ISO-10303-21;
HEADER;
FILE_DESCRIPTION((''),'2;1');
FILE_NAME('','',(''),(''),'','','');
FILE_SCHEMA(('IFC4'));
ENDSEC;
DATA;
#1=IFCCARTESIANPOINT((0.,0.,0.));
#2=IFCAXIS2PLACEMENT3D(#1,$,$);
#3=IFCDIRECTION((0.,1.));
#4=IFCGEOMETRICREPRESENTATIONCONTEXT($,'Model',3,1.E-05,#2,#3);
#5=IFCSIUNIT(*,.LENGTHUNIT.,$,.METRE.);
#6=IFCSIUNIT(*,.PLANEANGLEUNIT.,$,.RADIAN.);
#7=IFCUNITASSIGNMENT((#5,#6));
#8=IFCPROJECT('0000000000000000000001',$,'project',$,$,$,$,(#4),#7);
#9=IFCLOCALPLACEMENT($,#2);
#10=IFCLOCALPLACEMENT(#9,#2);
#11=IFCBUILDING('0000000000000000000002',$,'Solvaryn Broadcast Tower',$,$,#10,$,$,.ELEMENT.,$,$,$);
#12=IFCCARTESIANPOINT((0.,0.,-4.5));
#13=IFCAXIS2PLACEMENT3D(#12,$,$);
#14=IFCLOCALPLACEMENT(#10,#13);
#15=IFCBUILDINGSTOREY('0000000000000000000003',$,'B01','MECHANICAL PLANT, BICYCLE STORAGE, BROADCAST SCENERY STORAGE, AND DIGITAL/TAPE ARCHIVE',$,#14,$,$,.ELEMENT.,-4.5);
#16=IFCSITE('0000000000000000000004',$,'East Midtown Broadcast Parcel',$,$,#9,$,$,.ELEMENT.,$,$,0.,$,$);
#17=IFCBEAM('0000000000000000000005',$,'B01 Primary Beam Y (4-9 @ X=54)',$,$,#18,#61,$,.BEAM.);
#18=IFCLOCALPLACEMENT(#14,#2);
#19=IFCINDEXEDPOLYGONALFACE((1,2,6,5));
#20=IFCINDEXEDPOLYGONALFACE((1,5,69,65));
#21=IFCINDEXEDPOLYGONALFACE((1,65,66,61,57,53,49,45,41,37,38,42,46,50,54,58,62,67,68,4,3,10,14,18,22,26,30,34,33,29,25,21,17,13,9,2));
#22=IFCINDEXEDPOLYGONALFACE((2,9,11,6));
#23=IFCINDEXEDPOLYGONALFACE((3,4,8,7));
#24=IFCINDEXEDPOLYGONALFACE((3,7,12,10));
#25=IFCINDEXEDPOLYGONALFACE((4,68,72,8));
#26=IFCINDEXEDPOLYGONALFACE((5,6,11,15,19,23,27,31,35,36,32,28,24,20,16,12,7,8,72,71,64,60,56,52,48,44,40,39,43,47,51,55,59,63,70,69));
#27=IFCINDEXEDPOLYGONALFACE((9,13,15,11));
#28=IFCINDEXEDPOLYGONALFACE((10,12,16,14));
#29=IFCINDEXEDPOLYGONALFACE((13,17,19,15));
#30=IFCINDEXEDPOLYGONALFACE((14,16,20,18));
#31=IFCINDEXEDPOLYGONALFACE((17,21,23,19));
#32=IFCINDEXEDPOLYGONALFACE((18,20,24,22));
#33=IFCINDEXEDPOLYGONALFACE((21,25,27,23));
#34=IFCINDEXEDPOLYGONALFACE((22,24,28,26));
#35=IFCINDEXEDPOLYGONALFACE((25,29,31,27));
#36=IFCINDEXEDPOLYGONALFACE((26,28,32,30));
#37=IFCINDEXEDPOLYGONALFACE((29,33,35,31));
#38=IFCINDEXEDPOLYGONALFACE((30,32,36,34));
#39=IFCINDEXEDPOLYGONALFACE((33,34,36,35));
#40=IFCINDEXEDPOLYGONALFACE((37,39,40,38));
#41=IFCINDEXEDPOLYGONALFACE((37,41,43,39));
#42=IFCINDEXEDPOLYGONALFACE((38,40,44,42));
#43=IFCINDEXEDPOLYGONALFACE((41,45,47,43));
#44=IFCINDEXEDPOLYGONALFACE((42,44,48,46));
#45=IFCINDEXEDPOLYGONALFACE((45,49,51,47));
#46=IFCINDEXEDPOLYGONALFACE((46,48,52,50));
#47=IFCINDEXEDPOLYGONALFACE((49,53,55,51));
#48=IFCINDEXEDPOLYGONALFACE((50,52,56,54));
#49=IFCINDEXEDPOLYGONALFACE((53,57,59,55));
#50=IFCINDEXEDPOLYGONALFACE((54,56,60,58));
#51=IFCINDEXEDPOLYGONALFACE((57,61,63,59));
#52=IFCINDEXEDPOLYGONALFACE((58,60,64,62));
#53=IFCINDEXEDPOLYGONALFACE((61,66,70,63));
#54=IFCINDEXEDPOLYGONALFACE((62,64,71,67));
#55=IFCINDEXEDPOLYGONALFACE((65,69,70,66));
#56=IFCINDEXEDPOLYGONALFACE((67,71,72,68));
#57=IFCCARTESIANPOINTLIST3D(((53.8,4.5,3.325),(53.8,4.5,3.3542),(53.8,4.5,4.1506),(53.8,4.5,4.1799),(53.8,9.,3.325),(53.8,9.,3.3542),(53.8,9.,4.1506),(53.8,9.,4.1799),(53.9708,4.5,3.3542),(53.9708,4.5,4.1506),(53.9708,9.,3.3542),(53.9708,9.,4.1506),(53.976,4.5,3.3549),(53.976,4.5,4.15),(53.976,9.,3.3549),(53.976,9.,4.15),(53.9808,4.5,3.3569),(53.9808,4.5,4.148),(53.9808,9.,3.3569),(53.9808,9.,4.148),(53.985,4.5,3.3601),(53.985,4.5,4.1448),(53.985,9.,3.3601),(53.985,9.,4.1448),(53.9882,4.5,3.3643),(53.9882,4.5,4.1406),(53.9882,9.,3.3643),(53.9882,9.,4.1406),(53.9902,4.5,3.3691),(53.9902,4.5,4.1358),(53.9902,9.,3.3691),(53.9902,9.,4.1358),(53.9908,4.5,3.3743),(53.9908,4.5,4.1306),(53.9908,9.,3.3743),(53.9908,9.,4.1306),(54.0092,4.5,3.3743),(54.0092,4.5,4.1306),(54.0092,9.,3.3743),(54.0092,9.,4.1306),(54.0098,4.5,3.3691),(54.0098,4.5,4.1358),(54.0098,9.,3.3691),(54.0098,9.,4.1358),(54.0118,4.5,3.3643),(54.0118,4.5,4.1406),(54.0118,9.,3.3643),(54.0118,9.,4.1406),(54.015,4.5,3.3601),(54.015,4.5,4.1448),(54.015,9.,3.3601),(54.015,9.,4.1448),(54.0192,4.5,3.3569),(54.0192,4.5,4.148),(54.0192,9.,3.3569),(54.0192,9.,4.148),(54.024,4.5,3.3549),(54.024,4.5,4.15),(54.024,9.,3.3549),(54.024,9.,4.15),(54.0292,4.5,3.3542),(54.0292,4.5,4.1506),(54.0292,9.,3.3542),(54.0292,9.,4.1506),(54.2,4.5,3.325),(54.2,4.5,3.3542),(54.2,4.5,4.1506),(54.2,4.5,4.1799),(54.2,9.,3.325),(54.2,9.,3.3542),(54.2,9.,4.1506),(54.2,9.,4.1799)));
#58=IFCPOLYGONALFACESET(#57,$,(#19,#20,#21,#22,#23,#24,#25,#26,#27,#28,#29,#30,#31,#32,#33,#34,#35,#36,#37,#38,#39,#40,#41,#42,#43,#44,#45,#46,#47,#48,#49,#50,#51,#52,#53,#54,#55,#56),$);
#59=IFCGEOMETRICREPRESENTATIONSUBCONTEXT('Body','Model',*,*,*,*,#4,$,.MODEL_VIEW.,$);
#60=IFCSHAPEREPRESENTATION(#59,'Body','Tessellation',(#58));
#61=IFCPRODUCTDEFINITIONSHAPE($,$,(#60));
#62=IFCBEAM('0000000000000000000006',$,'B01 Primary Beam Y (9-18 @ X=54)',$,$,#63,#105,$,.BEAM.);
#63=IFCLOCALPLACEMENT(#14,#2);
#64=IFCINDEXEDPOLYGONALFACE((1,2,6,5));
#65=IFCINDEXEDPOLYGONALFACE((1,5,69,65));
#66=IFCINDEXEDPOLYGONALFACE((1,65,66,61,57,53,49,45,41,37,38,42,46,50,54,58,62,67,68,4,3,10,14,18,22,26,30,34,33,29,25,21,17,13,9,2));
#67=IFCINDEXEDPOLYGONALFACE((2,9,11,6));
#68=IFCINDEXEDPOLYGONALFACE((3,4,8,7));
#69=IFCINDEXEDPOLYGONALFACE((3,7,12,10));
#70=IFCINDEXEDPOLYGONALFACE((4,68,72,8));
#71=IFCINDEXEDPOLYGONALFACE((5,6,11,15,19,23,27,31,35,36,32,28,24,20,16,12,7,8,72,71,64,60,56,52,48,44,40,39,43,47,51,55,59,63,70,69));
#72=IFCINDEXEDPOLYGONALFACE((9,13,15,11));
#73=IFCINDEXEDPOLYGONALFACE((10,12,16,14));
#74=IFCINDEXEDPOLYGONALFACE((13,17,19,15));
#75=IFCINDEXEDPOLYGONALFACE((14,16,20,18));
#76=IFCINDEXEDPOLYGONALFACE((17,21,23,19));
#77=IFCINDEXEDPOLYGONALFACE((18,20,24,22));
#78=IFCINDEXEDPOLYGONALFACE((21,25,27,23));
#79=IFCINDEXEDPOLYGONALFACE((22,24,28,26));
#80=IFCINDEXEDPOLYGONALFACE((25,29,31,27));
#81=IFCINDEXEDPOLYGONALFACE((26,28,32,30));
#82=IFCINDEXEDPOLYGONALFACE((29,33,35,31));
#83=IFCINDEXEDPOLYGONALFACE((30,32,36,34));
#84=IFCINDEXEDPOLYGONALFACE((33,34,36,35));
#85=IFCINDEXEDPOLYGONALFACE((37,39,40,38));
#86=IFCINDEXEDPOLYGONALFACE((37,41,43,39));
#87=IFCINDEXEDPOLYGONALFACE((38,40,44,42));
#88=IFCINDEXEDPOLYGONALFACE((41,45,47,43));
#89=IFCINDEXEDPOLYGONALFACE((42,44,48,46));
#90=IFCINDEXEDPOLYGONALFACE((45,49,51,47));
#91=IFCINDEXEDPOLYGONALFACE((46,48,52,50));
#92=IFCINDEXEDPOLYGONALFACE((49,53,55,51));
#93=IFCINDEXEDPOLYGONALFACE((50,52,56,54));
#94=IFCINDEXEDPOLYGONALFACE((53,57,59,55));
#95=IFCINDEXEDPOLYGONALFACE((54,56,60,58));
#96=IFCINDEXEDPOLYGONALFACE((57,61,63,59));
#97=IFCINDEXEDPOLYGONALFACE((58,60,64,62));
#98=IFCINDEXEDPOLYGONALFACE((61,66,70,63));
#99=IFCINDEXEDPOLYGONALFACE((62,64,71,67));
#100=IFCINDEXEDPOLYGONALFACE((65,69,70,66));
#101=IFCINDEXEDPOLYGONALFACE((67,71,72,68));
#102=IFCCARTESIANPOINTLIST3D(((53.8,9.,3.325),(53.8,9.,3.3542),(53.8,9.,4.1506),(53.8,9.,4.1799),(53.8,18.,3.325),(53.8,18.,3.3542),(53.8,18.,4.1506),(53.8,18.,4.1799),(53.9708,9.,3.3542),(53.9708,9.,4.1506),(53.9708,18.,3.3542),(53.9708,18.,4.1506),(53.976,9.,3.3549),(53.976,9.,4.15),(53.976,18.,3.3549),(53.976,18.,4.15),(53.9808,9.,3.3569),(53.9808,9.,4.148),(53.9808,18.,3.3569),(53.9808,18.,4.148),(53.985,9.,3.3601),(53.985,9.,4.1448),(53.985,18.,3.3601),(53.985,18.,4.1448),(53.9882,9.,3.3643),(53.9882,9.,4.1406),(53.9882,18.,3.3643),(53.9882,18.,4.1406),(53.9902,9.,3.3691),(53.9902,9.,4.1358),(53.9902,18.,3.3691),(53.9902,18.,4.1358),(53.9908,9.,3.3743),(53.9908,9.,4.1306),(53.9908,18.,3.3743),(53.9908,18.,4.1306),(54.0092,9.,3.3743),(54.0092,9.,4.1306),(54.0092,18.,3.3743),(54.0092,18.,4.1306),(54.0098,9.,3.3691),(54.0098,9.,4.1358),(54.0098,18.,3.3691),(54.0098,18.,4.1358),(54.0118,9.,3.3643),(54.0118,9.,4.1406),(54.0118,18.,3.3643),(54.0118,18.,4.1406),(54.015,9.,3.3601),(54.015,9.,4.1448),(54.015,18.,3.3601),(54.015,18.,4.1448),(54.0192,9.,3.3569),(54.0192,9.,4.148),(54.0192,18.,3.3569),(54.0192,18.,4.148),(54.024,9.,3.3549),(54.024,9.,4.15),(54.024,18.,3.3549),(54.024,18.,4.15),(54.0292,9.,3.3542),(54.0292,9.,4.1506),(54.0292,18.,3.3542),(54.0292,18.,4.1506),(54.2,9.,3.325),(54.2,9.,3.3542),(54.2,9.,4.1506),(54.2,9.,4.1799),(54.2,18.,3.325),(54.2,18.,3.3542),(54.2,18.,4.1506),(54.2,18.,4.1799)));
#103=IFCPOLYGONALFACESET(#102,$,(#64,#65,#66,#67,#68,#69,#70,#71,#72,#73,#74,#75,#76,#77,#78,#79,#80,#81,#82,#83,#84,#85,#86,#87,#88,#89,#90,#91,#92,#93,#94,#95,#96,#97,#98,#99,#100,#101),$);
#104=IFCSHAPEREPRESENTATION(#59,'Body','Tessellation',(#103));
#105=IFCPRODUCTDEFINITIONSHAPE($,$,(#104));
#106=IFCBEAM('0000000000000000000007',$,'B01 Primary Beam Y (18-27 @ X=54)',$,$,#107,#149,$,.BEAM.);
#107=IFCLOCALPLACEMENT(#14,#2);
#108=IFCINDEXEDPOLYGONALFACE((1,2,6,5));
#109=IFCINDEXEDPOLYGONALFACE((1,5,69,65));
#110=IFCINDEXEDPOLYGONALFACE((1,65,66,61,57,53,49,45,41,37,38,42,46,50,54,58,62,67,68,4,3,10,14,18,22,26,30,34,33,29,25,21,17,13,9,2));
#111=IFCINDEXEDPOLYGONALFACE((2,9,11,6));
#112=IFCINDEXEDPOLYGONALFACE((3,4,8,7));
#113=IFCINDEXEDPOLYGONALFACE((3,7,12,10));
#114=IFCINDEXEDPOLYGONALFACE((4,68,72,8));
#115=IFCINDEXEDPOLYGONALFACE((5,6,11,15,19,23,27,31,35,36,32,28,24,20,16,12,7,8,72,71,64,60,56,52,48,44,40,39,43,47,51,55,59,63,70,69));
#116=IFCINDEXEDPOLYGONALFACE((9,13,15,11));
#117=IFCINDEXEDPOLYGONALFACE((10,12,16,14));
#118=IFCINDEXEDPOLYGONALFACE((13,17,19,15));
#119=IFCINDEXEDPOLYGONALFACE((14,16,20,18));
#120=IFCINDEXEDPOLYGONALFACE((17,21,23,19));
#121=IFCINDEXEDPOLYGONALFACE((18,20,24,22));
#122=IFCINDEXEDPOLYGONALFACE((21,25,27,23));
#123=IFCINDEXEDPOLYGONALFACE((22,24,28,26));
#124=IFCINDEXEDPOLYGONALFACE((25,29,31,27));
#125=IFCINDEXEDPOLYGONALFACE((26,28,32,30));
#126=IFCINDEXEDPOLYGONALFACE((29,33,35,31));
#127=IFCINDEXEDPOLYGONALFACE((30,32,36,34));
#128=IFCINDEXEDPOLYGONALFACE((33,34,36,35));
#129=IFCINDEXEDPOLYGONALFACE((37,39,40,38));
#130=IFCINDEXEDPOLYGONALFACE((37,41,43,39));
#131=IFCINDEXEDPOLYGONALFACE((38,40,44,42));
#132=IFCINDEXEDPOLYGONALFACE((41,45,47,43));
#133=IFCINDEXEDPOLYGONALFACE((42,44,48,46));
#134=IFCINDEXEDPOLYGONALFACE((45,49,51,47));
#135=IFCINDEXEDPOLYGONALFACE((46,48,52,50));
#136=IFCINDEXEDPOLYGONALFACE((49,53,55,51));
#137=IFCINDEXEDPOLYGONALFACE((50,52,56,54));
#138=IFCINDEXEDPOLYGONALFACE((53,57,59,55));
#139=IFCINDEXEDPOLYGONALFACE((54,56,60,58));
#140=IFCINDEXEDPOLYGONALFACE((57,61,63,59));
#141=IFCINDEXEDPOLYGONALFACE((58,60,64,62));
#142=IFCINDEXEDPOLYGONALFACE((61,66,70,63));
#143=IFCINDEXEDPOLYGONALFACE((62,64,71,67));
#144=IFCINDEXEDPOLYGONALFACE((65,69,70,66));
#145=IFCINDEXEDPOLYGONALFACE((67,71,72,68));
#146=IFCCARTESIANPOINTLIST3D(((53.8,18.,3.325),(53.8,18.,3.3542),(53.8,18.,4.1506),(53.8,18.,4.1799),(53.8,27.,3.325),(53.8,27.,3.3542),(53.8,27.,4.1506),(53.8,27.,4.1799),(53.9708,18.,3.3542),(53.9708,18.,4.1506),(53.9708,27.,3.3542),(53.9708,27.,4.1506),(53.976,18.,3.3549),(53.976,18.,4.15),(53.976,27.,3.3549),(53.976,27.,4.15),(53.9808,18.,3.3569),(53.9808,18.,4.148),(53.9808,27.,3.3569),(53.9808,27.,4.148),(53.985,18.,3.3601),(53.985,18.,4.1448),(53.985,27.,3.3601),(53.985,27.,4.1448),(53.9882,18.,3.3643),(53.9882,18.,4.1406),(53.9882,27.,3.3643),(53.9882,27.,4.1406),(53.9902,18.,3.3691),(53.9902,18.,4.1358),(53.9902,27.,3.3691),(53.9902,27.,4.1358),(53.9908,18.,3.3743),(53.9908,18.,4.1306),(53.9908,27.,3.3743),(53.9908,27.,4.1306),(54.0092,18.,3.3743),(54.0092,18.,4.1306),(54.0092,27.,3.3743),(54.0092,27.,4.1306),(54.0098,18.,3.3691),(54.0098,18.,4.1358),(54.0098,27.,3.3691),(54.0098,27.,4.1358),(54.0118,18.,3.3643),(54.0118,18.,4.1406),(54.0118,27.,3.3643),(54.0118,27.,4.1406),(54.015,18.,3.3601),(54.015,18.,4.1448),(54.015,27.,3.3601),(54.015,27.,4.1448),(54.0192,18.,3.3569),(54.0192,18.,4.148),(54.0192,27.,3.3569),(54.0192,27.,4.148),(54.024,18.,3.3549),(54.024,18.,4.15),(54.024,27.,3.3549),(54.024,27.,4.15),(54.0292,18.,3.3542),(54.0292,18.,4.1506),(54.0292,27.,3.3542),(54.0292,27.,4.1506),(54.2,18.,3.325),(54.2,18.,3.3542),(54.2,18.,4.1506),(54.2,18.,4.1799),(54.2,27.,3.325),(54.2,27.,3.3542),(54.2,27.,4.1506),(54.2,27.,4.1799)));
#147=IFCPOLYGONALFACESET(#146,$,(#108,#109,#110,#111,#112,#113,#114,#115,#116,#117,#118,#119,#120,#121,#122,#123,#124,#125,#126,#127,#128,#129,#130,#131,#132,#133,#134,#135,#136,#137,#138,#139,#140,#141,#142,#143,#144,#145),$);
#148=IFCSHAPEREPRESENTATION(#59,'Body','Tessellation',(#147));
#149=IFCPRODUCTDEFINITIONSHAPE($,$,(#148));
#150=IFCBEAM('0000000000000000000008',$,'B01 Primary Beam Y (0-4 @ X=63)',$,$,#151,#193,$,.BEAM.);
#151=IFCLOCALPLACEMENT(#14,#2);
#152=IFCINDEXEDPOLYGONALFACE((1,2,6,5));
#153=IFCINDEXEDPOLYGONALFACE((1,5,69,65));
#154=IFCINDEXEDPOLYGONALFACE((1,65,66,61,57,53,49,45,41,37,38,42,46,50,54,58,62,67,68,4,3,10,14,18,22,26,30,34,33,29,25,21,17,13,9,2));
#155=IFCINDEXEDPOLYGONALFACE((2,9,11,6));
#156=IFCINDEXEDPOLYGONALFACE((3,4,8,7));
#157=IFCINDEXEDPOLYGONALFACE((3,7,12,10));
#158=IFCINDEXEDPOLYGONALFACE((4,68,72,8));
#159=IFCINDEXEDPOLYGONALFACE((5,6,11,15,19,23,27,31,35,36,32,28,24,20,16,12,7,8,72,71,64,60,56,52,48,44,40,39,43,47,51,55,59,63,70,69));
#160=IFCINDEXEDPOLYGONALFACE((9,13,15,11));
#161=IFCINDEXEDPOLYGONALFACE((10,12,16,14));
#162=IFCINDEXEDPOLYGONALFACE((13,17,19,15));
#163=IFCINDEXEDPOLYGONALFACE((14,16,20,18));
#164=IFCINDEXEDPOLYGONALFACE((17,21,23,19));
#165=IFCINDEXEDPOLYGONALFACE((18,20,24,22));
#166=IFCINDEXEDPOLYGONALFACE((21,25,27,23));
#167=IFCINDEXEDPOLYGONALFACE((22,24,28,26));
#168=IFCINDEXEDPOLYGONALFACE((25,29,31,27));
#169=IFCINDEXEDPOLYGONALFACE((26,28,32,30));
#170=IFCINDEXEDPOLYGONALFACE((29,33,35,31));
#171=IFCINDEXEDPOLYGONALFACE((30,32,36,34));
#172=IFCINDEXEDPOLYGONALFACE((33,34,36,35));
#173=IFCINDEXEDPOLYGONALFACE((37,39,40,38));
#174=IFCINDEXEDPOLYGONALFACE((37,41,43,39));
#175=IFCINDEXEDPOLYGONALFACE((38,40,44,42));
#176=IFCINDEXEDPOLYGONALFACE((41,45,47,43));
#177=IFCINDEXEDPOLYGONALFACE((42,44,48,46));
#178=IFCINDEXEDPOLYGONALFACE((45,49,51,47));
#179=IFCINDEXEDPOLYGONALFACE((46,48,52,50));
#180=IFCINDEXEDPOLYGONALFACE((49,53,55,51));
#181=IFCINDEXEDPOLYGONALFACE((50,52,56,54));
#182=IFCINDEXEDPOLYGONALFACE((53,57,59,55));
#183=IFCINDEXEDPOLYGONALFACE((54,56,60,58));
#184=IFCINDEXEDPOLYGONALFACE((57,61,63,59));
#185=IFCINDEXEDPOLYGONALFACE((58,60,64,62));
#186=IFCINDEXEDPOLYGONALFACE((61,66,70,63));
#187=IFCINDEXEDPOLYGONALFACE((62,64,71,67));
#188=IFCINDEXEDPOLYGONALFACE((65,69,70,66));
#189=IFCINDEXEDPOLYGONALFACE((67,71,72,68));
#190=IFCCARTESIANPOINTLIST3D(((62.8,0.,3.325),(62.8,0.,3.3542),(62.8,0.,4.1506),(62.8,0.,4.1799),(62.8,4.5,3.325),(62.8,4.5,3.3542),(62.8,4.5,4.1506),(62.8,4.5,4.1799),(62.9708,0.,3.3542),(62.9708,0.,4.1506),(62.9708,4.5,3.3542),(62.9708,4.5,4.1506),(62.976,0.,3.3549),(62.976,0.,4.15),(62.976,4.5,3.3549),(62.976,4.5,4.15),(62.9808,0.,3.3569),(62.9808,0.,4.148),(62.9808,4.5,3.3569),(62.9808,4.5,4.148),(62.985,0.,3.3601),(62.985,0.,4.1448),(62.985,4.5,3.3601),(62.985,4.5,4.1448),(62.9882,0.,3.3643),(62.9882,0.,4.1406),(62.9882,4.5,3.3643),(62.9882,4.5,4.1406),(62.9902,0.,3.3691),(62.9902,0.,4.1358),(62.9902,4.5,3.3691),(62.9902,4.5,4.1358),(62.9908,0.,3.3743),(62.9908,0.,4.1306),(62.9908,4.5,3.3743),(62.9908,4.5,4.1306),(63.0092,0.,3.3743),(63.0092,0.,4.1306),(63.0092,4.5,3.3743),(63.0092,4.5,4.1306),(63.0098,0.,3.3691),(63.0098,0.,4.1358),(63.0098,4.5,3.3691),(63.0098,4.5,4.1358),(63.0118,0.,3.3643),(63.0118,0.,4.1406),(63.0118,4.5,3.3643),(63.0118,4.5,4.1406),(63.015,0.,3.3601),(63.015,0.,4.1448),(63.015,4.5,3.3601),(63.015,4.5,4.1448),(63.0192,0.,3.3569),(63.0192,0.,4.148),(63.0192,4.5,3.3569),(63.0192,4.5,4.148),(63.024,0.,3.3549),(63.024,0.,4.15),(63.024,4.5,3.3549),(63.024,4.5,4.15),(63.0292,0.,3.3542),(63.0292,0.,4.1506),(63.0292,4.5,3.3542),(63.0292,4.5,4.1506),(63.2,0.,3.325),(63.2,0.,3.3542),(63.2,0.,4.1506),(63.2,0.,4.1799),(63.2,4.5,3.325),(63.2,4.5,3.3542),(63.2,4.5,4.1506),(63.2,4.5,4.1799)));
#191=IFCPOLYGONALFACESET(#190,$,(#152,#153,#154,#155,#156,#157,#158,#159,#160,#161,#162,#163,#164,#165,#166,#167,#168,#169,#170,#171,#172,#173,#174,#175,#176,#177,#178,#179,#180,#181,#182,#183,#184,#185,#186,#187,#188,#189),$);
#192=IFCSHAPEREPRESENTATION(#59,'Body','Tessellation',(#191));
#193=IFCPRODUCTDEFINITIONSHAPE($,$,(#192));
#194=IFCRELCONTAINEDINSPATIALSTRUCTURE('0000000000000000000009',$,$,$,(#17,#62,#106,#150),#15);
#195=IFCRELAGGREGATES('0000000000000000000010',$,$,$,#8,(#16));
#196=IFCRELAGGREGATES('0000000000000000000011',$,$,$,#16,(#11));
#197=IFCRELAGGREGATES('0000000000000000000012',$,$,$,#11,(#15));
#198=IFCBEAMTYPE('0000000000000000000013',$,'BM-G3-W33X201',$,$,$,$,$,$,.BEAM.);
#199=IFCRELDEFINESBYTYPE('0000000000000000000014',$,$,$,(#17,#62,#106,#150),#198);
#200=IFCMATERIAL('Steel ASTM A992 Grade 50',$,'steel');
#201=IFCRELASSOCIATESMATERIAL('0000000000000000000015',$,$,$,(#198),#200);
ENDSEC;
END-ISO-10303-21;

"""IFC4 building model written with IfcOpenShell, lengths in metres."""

from ifc_helpers import new_model, si_unit, direction, frame, origin, origin_2d, place, context, subcontext, project, spatial, i_section, extrude, material, material_profile, profile_set, type_object, element, save


model = new_model("IFC4")

# Units and contexts
model_context = context("Model", 3, precision=1e-05, world=origin(), true_north=direction((0.0, 1.0)))
body_context = subcontext(model_context, "Body", "Model", "MODEL_VIEW")
ifc_project = project(units=[si_unit("LENGTHUNIT", "METRE"), si_unit("PLANEANGLEUNIT", "RADIAN")], contexts=[model_context])

# Site, building, storey
site_placement = place(None, origin())
site = spatial("IfcSite", under=ifc_project, at=site_placement, Name="East Midtown Broadcast Parcel", CompositionType="ELEMENT", RefElevation=0.0)
building_placement = place(site_placement, origin())
building = spatial("IfcBuilding", under=site, at=building_placement, Name="Solvaryn Broadcast Tower", CompositionType="ELEMENT")
storey_placement = place(building_placement, frame((0.0, 0.0, -4.5)))
storey = spatial("IfcBuildingStorey", under=building, at=storey_placement, Name="B01", Description="MECHANICAL PLANT, BICYCLE STORAGE, BROADCAST SCENERY STORAGE, AND DIGITAL/TAPE ARCHIVE", CompositionType="ELEMENT", Elevation=-4.5)

# Beams
ifc_material_1 = material(Name="Steel ASTM A992 Grade 50", Category="steel")
ifc_material_profile_1 = material_profile(ifc_material_1, i_section(OverallWidth=0.3999, OverallDepth=0.855, WebThickness=0.0183, FlangeThickness=0.0293, FilletRadius=0.02, at=origin_2d()))
ifc_profile_set_1 = profile_set([ifc_material_profile_1], Name="Steel ASTM A992 Grade 50")
beam_type_1 = type_object("IfcBeamType", Name="BM-G3-W33X201", PredefinedType="BEAM", material=ifc_profile_set_1)
for number, where, z_axis, x_axis, name in (
    (1, (54.0, 4.5, 3.7524), (0.0, 1.0, 0.0), (-1.0, 0.0, 0.0), "B01 Primary Beam Y (4-9 @ X=54)"),
):
    element("IfcBeam", number, at=place(storey_placement, frame(where, z_axis=z_axis, x_axis=x_axis)), inside=storey, type_object=beam_type_1, Name=name, PredefinedType="BEAM", context=body_context, shape_type="SweptSolid", body=[
        extrude(i_section(OverallWidth=0.3999, OverallDepth=0.855, WebThickness=0.0183, FlangeThickness=0.0293, FilletRadius=0.02, at=origin_2d()), origin(), (0.0, 0.0, 1.0), 4.5),
    ])
for number, where, z_axis, x_axis, name in (
    (2, (54.0, 9.0, 3.7524), (0.0, 1.0, 0.0), (-1.0, 0.0, 0.0), "B01 Primary Beam Y (9-18 @ X=54)"),
    (3, (54.0, 18.0, 3.7524), (0.0, 1.0, 0.0), (-1.0, 0.0, 0.0), "B01 Primary Beam Y (18-27 @ X=54)"),
):
    element("IfcBeam", number, at=place(storey_placement, frame(where, z_axis=z_axis, x_axis=x_axis)), inside=storey, type_object=beam_type_1, Name=name, PredefinedType="BEAM", context=body_context, shape_type="SweptSolid", body=[
        extrude(i_section(OverallWidth=0.3999, OverallDepth=0.855, WebThickness=0.0183, FlangeThickness=0.0293, FilletRadius=0.02, at=origin_2d()), origin(), (0.0, 0.0, 1.0), 9.0),
    ])
for number, where, z_axis, x_axis, name in (
    (4, (63.0, 0.0, 3.7524), (0.0, 1.0, 0.0), (-1.0, 0.0, 0.0), "B01 Primary Beam Y (0-4 @ X=63)"),
):
    element("IfcBeam", number, at=place(storey_placement, frame(where, z_axis=z_axis, x_axis=x_axis)), inside=storey, type_object=beam_type_1, Name=name, PredefinedType="BEAM", context=body_context, shape_type="SweptSolid", body=[
        extrude(i_section(OverallWidth=0.3999, OverallDepth=0.855, WebThickness=0.0183, FlangeThickness=0.0293, FilletRadius=0.02, at=origin_2d()), origin(), (0.0, 0.0, 1.0), 4.5),
    ])

save(model, "model.ifc")
